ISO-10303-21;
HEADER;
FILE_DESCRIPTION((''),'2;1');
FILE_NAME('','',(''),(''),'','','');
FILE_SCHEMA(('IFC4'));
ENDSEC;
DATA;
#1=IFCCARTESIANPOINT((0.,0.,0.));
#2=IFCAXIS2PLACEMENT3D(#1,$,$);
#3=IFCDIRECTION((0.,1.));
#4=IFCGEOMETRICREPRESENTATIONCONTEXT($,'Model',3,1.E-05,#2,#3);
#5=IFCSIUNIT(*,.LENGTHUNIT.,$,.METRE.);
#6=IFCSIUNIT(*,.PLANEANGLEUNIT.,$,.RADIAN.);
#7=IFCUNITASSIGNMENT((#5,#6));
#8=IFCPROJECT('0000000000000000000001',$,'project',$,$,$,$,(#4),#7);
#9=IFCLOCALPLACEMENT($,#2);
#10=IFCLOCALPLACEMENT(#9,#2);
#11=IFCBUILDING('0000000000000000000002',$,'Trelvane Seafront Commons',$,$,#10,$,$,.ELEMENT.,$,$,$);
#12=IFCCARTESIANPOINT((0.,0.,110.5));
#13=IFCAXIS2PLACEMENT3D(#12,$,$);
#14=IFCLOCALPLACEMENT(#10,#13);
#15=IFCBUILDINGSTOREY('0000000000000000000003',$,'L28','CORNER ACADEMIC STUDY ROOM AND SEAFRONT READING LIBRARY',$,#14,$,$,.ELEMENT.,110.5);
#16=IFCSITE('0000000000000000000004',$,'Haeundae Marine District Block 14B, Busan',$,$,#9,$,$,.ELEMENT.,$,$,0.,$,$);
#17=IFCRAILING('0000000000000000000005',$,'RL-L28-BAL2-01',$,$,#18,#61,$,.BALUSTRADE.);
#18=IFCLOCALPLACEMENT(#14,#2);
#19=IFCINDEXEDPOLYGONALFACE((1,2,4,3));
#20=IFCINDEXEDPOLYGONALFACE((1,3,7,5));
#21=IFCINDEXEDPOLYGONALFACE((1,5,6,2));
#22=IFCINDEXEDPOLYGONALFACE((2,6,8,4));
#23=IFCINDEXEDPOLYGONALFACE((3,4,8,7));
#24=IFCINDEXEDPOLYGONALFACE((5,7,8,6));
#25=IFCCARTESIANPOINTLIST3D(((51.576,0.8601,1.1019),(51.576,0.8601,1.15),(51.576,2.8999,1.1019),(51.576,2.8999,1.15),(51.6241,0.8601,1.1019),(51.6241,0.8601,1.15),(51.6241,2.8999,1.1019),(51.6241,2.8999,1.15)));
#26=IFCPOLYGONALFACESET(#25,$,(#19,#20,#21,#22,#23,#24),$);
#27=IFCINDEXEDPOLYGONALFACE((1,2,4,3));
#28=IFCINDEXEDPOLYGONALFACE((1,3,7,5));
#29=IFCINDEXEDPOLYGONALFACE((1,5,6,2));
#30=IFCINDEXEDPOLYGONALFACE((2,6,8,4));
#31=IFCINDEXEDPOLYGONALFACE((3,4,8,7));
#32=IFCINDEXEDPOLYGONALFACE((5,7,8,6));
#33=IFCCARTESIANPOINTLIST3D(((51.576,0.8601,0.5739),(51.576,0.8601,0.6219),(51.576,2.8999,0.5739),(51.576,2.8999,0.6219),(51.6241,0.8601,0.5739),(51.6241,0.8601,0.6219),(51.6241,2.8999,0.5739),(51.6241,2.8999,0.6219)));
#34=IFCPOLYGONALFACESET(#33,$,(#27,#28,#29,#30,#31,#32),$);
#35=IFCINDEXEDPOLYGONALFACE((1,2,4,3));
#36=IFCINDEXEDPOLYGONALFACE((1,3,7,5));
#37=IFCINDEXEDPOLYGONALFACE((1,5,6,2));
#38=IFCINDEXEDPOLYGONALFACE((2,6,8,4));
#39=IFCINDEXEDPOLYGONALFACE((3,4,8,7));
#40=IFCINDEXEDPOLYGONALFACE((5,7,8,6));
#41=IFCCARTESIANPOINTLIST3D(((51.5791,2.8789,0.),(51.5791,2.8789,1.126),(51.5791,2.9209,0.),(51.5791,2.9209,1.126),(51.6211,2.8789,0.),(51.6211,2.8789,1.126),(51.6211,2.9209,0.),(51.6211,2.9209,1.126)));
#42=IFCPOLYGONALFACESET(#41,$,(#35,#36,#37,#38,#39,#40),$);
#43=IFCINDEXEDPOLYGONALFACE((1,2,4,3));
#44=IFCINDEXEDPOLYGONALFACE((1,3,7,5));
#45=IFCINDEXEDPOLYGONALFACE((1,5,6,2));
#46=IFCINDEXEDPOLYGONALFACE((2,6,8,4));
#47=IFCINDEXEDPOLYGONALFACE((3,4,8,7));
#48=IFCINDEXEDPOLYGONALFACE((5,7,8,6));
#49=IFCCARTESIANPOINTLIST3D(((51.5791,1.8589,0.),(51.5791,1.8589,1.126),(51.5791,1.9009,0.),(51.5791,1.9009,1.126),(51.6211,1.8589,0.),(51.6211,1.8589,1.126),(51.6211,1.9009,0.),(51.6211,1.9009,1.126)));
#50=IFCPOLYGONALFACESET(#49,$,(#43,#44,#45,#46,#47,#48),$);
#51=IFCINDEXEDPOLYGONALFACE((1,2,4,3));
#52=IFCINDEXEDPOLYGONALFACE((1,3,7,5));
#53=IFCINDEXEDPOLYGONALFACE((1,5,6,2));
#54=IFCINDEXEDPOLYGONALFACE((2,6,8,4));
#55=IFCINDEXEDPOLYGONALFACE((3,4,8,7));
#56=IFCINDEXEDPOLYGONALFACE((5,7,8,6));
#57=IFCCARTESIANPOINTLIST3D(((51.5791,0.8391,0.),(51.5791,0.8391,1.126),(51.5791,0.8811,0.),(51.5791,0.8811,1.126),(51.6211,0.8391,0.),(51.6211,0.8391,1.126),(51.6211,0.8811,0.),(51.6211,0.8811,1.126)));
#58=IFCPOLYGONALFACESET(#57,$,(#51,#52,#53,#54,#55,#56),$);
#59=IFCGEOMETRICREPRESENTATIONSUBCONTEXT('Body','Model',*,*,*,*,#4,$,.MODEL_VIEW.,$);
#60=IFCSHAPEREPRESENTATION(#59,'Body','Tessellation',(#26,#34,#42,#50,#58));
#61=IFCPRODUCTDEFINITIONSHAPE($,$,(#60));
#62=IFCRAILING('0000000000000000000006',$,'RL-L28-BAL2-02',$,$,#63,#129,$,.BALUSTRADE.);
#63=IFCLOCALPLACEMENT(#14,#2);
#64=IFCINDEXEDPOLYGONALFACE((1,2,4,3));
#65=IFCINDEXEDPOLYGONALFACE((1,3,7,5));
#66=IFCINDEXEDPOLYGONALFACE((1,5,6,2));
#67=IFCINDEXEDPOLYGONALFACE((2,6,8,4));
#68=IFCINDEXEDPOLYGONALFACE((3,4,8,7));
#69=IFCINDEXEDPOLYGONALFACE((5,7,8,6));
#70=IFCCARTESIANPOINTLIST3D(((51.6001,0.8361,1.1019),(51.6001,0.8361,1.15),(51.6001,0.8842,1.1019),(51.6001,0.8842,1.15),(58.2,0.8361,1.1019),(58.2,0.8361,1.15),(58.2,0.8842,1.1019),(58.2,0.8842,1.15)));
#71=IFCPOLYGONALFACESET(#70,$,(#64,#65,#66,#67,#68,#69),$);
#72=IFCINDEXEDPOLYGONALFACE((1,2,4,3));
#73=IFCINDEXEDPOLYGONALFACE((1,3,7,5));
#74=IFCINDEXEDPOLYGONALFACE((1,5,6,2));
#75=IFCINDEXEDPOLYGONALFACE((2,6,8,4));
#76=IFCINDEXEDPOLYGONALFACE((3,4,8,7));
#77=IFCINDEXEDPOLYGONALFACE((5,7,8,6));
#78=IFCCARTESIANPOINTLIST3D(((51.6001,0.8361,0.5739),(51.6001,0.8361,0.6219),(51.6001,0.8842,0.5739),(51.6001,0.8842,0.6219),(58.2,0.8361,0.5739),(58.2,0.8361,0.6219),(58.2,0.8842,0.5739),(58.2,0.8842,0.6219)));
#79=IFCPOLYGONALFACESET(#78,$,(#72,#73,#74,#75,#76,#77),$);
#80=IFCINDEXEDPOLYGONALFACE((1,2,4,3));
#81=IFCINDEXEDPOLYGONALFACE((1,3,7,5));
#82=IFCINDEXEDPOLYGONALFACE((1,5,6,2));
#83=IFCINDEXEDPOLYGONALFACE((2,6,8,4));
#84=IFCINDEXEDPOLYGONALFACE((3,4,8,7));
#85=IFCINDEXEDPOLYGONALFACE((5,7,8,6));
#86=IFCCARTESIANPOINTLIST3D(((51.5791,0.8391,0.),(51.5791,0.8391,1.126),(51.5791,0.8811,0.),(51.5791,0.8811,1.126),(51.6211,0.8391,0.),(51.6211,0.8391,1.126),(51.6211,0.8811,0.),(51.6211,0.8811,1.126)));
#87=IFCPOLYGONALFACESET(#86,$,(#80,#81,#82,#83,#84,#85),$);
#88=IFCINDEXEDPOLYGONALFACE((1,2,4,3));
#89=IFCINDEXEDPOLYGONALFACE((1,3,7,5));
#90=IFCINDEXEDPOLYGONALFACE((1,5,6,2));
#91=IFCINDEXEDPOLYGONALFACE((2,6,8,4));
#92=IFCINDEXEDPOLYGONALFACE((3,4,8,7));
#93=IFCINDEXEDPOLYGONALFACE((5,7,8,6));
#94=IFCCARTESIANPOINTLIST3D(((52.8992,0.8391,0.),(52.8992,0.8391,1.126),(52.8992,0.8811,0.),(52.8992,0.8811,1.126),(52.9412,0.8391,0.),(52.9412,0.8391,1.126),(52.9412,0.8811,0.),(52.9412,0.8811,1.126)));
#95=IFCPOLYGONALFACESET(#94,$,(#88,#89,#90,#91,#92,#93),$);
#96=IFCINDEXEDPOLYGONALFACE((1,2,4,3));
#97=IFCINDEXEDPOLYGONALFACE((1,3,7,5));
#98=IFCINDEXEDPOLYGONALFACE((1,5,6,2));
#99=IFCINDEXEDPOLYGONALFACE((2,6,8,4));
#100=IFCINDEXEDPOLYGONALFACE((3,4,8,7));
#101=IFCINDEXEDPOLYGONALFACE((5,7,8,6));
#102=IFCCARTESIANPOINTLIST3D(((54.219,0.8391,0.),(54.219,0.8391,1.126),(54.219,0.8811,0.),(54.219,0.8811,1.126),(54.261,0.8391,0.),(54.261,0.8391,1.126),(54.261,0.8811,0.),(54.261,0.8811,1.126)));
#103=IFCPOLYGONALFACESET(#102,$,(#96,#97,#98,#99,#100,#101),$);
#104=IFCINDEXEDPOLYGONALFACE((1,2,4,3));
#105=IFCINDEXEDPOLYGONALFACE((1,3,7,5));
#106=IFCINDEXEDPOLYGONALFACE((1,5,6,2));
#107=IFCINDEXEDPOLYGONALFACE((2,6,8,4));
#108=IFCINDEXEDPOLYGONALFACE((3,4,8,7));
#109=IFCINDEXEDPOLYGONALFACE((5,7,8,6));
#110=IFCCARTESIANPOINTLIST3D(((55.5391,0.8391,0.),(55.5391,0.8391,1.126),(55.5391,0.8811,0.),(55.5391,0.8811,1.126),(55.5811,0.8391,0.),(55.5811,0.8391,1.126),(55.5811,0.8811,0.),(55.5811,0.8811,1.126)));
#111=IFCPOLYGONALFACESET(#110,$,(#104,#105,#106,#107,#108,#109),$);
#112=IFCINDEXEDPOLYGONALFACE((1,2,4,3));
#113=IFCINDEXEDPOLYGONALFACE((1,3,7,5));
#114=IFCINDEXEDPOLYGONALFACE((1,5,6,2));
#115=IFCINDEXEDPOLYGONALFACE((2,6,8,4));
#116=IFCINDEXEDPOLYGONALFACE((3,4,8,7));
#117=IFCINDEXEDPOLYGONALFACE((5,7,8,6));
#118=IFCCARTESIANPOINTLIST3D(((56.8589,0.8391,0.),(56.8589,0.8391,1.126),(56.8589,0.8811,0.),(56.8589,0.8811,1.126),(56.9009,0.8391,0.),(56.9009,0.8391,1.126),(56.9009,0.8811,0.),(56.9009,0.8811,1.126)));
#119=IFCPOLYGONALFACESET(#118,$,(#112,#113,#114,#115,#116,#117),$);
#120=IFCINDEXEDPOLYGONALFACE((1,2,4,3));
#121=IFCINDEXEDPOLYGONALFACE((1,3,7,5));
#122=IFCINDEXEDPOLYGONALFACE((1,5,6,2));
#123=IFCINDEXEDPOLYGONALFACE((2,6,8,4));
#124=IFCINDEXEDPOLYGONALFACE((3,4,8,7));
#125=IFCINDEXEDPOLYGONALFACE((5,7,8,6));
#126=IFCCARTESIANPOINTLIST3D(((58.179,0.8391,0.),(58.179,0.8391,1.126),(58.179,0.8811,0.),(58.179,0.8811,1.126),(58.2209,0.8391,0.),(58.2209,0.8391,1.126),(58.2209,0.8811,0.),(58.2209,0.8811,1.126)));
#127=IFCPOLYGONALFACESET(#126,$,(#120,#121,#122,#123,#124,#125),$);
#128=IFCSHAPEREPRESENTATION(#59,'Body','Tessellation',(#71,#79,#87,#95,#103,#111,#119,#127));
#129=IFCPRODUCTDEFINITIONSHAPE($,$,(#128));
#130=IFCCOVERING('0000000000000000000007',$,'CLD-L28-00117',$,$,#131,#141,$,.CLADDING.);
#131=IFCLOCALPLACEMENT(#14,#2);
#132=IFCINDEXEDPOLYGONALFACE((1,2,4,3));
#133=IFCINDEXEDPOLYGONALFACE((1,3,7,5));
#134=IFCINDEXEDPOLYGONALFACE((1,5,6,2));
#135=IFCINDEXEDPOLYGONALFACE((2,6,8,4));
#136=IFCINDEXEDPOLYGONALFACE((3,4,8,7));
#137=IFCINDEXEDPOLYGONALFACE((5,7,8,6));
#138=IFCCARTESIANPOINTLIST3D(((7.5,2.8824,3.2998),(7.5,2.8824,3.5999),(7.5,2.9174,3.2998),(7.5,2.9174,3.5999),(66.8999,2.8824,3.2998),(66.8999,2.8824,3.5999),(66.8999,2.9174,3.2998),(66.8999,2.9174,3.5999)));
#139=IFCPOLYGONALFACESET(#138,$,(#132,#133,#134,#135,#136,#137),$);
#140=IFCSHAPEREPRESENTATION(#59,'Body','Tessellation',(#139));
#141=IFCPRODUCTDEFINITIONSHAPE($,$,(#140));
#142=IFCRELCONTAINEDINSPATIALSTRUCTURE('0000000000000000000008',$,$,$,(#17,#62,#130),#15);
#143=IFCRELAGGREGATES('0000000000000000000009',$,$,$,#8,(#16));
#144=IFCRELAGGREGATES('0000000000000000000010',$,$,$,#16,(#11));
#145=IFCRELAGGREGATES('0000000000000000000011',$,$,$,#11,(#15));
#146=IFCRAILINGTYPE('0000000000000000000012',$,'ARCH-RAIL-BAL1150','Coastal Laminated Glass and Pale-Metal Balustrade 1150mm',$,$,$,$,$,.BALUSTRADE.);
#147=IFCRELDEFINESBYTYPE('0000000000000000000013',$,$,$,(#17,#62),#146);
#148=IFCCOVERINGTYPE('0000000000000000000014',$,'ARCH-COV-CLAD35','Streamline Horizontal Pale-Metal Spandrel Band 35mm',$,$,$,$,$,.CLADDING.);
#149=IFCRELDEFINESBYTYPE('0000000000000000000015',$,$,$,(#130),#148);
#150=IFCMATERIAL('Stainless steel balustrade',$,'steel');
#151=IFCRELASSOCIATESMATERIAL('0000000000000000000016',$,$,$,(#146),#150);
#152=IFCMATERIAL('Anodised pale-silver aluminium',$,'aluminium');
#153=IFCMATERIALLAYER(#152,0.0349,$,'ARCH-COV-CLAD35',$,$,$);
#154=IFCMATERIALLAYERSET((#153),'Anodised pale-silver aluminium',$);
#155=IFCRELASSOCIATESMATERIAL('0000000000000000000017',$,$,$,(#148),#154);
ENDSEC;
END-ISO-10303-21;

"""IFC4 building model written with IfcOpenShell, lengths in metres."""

from ifc_helpers import new_model, si_unit, direction, frame, origin, origin_2d, place, context, subcontext, project, spatial, rectangle, extrude, source, transform, mapped, material, layer, layer_set, type_object, element, save


model = new_model("IFC4")

# Units and contexts
model_context = context("Model", 3, precision=1e-05, world=origin(), true_north=direction((0.0, 1.0)))
body_context = subcontext(model_context, "Body", "Model", "MODEL_VIEW")
ifc_project = project(units=[si_unit("LENGTHUNIT", "METRE"), si_unit("PLANEANGLEUNIT", "RADIAN")], contexts=[model_context])

# Site, building, storey
site_placement = place(None, origin())
site = spatial("IfcSite", under=ifc_project, at=site_placement, Name="Haeundae Marine District Block 14B, Busan", CompositionType="ELEMENT", RefElevation=0.0)
building_placement = place(site_placement, origin())
building = spatial("IfcBuilding", under=site, at=building_placement, Name="Trelvane Seafront Commons", CompositionType="ELEMENT")
storey_placement = place(building_placement, frame((0.0, 0.0, 110.5)))
storey = spatial("IfcBuildingStorey", under=building, at=storey_placement, Name="L28", Description="CORNER ACADEMIC STUDY ROOM AND SEAFRONT READING LIBRARY", CompositionType="ELEMENT", Elevation=110.5)

# Shared definitions
ifc_material_1 = material(Name="Anodised pale-silver aluminium", Category="aluminium")

# Railings
ifc_material_2 = material(Name="Stainless steel balustrade", Category="steel")
railing_type = type_object("IfcRailingType", Name="ARCH-RAIL-BAL1150", Description="Coastal Laminated Glass and Pale-Metal Balustrade 1150mm", PredefinedType="BALUSTRADE", material=ifc_material_2)
railing_1_placement = place(storey_placement, frame((51.6001, 2.8999, 0.0)))
element("IfcRailing", 1, at=railing_1_placement, inside=storey, type_object=railing_type, Name="RL-L28-BAL2-01", PredefinedType="BALUSTRADE", context=body_context, shape_type="SweptSolid", body=[
    extrude(rectangle(XDim=0.0481, YDim=0.0481, at=origin_2d()), frame((0.0, 0.0, 1.126), z_axis=(0.0, -1.0, 0.0), x_axis=(1.0, 0.0, 0.0)), (0.0, 0.0, 1.0), 2.0398),
    extrude(rectangle(XDim=0.0481, YDim=0.0481, at=origin_2d()), frame((0.0, 0.0, 0.5979), z_axis=(0.0, -1.0, 0.0), x_axis=(1.0, 0.0, 0.0)), (0.0, 0.0, 1.0), 2.0398),
    extrude(rectangle(XDim=0.042, YDim=0.042, at=origin_2d()), origin(), (0.0, 0.0, 1.0), 1.126),
    extrude(rectangle(XDim=0.042, YDim=0.042, at=origin_2d()), frame((0.0, -1.02, 0.0)), (0.0, 0.0, 1.0), 1.126),
    extrude(rectangle(XDim=0.042, YDim=0.042, at=origin_2d()), frame((0.0, -2.0398, 0.0)), (0.0, 0.0, 1.0), 1.126),
])
railing_2_placement = place(storey_placement, frame((51.6001, 0.8601, 0.0)))
element("IfcRailing", 2, at=railing_2_placement, inside=storey, type_object=railing_type, Name="RL-L28-BAL2-02", PredefinedType="BALUSTRADE", context=body_context, shape_type="SweptSolid", body=[
    extrude(rectangle(XDim=0.0481, YDim=0.0481, at=origin_2d()), frame((0.0, 0.0, 1.126), z_axis=(1.0, 0.0, 0.0), x_axis=(0.0, 1.0, 0.0)), (0.0, 0.0, 1.0), 6.5999),
    extrude(rectangle(XDim=0.0481, YDim=0.0481, at=origin_2d()), frame((0.0, 0.0, 0.5979), z_axis=(1.0, 0.0, 0.0), x_axis=(0.0, 1.0, 0.0)), (0.0, 0.0, 1.0), 6.5999),
    extrude(rectangle(XDim=0.042, YDim=0.042, at=origin_2d()), origin(), (0.0, 0.0, 1.0), 1.126),
    extrude(rectangle(XDim=0.042, YDim=0.042, at=origin_2d()), frame((1.3201, 0.0, 0.0)), (0.0, 0.0, 1.0), 1.126),
    extrude(rectangle(XDim=0.042, YDim=0.042, at=origin_2d()), frame((2.6399, 0.0, 0.0)), (0.0, 0.0, 1.0), 1.126),
    extrude(rectangle(XDim=0.042, YDim=0.042, at=origin_2d()), frame((3.96, 0.0, 0.0)), (0.0, 0.0, 1.0), 1.126),
    extrude(rectangle(XDim=0.042, YDim=0.042, at=origin_2d()), frame((5.2798, 0.0, 0.0)), (0.0, 0.0, 1.0), 1.126),
    extrude(rectangle(XDim=0.042, YDim=0.042, at=origin_2d()), frame((6.5999, 0.0, 0.0)), (0.0, 0.0, 1.0), 1.126),
])

# Covering
ifc_layer_1 = layer(ifc_material_1, 0.0349, Name="ARCH-COV-CLAD35")
ifc_layer_set_1 = layer_set([ifc_layer_1], Name="Anodised pale-silver aluminium")
covering_type = type_object("IfcCoveringType", Name="ARCH-COV-CLAD35", Description="Streamline Horizontal Pale-Metal Spandrel Band 35mm", PredefinedType="CLADDING", material=ifc_layer_set_1)
shared_shape_1 = source(origin(), body_context, "Body", "SweptSolid", [
    extrude(rectangle(XDim=59.3999, YDim=0.0349, at=origin_2d()), origin(), (0.0, 0.0, 1.0), 0.3),
])
covering_placement = place(storey_placement, frame((37.2, 2.8999, 3.2998), z_axis=(0.0, 0.0, 1.0), x_axis=(-1.0, 0.0, 0.0)))
element("IfcCovering", 3, at=covering_placement, inside=storey, type_object=covering_type, Name="CLD-L28-00117", PredefinedType="CLADDING", context=body_context, shape_type="MappedRepresentation", body=[
    mapped(shared_shape_1, transform((0.0, 0.0, 0.0), x_axis=(1.0, 0.0, 0.0), y_axis=(0.0, 1.0, 0.0), z_axis=(0.0, 0.0, 1.0), scale=1.0)),
])

save(model, "model.ifc")
